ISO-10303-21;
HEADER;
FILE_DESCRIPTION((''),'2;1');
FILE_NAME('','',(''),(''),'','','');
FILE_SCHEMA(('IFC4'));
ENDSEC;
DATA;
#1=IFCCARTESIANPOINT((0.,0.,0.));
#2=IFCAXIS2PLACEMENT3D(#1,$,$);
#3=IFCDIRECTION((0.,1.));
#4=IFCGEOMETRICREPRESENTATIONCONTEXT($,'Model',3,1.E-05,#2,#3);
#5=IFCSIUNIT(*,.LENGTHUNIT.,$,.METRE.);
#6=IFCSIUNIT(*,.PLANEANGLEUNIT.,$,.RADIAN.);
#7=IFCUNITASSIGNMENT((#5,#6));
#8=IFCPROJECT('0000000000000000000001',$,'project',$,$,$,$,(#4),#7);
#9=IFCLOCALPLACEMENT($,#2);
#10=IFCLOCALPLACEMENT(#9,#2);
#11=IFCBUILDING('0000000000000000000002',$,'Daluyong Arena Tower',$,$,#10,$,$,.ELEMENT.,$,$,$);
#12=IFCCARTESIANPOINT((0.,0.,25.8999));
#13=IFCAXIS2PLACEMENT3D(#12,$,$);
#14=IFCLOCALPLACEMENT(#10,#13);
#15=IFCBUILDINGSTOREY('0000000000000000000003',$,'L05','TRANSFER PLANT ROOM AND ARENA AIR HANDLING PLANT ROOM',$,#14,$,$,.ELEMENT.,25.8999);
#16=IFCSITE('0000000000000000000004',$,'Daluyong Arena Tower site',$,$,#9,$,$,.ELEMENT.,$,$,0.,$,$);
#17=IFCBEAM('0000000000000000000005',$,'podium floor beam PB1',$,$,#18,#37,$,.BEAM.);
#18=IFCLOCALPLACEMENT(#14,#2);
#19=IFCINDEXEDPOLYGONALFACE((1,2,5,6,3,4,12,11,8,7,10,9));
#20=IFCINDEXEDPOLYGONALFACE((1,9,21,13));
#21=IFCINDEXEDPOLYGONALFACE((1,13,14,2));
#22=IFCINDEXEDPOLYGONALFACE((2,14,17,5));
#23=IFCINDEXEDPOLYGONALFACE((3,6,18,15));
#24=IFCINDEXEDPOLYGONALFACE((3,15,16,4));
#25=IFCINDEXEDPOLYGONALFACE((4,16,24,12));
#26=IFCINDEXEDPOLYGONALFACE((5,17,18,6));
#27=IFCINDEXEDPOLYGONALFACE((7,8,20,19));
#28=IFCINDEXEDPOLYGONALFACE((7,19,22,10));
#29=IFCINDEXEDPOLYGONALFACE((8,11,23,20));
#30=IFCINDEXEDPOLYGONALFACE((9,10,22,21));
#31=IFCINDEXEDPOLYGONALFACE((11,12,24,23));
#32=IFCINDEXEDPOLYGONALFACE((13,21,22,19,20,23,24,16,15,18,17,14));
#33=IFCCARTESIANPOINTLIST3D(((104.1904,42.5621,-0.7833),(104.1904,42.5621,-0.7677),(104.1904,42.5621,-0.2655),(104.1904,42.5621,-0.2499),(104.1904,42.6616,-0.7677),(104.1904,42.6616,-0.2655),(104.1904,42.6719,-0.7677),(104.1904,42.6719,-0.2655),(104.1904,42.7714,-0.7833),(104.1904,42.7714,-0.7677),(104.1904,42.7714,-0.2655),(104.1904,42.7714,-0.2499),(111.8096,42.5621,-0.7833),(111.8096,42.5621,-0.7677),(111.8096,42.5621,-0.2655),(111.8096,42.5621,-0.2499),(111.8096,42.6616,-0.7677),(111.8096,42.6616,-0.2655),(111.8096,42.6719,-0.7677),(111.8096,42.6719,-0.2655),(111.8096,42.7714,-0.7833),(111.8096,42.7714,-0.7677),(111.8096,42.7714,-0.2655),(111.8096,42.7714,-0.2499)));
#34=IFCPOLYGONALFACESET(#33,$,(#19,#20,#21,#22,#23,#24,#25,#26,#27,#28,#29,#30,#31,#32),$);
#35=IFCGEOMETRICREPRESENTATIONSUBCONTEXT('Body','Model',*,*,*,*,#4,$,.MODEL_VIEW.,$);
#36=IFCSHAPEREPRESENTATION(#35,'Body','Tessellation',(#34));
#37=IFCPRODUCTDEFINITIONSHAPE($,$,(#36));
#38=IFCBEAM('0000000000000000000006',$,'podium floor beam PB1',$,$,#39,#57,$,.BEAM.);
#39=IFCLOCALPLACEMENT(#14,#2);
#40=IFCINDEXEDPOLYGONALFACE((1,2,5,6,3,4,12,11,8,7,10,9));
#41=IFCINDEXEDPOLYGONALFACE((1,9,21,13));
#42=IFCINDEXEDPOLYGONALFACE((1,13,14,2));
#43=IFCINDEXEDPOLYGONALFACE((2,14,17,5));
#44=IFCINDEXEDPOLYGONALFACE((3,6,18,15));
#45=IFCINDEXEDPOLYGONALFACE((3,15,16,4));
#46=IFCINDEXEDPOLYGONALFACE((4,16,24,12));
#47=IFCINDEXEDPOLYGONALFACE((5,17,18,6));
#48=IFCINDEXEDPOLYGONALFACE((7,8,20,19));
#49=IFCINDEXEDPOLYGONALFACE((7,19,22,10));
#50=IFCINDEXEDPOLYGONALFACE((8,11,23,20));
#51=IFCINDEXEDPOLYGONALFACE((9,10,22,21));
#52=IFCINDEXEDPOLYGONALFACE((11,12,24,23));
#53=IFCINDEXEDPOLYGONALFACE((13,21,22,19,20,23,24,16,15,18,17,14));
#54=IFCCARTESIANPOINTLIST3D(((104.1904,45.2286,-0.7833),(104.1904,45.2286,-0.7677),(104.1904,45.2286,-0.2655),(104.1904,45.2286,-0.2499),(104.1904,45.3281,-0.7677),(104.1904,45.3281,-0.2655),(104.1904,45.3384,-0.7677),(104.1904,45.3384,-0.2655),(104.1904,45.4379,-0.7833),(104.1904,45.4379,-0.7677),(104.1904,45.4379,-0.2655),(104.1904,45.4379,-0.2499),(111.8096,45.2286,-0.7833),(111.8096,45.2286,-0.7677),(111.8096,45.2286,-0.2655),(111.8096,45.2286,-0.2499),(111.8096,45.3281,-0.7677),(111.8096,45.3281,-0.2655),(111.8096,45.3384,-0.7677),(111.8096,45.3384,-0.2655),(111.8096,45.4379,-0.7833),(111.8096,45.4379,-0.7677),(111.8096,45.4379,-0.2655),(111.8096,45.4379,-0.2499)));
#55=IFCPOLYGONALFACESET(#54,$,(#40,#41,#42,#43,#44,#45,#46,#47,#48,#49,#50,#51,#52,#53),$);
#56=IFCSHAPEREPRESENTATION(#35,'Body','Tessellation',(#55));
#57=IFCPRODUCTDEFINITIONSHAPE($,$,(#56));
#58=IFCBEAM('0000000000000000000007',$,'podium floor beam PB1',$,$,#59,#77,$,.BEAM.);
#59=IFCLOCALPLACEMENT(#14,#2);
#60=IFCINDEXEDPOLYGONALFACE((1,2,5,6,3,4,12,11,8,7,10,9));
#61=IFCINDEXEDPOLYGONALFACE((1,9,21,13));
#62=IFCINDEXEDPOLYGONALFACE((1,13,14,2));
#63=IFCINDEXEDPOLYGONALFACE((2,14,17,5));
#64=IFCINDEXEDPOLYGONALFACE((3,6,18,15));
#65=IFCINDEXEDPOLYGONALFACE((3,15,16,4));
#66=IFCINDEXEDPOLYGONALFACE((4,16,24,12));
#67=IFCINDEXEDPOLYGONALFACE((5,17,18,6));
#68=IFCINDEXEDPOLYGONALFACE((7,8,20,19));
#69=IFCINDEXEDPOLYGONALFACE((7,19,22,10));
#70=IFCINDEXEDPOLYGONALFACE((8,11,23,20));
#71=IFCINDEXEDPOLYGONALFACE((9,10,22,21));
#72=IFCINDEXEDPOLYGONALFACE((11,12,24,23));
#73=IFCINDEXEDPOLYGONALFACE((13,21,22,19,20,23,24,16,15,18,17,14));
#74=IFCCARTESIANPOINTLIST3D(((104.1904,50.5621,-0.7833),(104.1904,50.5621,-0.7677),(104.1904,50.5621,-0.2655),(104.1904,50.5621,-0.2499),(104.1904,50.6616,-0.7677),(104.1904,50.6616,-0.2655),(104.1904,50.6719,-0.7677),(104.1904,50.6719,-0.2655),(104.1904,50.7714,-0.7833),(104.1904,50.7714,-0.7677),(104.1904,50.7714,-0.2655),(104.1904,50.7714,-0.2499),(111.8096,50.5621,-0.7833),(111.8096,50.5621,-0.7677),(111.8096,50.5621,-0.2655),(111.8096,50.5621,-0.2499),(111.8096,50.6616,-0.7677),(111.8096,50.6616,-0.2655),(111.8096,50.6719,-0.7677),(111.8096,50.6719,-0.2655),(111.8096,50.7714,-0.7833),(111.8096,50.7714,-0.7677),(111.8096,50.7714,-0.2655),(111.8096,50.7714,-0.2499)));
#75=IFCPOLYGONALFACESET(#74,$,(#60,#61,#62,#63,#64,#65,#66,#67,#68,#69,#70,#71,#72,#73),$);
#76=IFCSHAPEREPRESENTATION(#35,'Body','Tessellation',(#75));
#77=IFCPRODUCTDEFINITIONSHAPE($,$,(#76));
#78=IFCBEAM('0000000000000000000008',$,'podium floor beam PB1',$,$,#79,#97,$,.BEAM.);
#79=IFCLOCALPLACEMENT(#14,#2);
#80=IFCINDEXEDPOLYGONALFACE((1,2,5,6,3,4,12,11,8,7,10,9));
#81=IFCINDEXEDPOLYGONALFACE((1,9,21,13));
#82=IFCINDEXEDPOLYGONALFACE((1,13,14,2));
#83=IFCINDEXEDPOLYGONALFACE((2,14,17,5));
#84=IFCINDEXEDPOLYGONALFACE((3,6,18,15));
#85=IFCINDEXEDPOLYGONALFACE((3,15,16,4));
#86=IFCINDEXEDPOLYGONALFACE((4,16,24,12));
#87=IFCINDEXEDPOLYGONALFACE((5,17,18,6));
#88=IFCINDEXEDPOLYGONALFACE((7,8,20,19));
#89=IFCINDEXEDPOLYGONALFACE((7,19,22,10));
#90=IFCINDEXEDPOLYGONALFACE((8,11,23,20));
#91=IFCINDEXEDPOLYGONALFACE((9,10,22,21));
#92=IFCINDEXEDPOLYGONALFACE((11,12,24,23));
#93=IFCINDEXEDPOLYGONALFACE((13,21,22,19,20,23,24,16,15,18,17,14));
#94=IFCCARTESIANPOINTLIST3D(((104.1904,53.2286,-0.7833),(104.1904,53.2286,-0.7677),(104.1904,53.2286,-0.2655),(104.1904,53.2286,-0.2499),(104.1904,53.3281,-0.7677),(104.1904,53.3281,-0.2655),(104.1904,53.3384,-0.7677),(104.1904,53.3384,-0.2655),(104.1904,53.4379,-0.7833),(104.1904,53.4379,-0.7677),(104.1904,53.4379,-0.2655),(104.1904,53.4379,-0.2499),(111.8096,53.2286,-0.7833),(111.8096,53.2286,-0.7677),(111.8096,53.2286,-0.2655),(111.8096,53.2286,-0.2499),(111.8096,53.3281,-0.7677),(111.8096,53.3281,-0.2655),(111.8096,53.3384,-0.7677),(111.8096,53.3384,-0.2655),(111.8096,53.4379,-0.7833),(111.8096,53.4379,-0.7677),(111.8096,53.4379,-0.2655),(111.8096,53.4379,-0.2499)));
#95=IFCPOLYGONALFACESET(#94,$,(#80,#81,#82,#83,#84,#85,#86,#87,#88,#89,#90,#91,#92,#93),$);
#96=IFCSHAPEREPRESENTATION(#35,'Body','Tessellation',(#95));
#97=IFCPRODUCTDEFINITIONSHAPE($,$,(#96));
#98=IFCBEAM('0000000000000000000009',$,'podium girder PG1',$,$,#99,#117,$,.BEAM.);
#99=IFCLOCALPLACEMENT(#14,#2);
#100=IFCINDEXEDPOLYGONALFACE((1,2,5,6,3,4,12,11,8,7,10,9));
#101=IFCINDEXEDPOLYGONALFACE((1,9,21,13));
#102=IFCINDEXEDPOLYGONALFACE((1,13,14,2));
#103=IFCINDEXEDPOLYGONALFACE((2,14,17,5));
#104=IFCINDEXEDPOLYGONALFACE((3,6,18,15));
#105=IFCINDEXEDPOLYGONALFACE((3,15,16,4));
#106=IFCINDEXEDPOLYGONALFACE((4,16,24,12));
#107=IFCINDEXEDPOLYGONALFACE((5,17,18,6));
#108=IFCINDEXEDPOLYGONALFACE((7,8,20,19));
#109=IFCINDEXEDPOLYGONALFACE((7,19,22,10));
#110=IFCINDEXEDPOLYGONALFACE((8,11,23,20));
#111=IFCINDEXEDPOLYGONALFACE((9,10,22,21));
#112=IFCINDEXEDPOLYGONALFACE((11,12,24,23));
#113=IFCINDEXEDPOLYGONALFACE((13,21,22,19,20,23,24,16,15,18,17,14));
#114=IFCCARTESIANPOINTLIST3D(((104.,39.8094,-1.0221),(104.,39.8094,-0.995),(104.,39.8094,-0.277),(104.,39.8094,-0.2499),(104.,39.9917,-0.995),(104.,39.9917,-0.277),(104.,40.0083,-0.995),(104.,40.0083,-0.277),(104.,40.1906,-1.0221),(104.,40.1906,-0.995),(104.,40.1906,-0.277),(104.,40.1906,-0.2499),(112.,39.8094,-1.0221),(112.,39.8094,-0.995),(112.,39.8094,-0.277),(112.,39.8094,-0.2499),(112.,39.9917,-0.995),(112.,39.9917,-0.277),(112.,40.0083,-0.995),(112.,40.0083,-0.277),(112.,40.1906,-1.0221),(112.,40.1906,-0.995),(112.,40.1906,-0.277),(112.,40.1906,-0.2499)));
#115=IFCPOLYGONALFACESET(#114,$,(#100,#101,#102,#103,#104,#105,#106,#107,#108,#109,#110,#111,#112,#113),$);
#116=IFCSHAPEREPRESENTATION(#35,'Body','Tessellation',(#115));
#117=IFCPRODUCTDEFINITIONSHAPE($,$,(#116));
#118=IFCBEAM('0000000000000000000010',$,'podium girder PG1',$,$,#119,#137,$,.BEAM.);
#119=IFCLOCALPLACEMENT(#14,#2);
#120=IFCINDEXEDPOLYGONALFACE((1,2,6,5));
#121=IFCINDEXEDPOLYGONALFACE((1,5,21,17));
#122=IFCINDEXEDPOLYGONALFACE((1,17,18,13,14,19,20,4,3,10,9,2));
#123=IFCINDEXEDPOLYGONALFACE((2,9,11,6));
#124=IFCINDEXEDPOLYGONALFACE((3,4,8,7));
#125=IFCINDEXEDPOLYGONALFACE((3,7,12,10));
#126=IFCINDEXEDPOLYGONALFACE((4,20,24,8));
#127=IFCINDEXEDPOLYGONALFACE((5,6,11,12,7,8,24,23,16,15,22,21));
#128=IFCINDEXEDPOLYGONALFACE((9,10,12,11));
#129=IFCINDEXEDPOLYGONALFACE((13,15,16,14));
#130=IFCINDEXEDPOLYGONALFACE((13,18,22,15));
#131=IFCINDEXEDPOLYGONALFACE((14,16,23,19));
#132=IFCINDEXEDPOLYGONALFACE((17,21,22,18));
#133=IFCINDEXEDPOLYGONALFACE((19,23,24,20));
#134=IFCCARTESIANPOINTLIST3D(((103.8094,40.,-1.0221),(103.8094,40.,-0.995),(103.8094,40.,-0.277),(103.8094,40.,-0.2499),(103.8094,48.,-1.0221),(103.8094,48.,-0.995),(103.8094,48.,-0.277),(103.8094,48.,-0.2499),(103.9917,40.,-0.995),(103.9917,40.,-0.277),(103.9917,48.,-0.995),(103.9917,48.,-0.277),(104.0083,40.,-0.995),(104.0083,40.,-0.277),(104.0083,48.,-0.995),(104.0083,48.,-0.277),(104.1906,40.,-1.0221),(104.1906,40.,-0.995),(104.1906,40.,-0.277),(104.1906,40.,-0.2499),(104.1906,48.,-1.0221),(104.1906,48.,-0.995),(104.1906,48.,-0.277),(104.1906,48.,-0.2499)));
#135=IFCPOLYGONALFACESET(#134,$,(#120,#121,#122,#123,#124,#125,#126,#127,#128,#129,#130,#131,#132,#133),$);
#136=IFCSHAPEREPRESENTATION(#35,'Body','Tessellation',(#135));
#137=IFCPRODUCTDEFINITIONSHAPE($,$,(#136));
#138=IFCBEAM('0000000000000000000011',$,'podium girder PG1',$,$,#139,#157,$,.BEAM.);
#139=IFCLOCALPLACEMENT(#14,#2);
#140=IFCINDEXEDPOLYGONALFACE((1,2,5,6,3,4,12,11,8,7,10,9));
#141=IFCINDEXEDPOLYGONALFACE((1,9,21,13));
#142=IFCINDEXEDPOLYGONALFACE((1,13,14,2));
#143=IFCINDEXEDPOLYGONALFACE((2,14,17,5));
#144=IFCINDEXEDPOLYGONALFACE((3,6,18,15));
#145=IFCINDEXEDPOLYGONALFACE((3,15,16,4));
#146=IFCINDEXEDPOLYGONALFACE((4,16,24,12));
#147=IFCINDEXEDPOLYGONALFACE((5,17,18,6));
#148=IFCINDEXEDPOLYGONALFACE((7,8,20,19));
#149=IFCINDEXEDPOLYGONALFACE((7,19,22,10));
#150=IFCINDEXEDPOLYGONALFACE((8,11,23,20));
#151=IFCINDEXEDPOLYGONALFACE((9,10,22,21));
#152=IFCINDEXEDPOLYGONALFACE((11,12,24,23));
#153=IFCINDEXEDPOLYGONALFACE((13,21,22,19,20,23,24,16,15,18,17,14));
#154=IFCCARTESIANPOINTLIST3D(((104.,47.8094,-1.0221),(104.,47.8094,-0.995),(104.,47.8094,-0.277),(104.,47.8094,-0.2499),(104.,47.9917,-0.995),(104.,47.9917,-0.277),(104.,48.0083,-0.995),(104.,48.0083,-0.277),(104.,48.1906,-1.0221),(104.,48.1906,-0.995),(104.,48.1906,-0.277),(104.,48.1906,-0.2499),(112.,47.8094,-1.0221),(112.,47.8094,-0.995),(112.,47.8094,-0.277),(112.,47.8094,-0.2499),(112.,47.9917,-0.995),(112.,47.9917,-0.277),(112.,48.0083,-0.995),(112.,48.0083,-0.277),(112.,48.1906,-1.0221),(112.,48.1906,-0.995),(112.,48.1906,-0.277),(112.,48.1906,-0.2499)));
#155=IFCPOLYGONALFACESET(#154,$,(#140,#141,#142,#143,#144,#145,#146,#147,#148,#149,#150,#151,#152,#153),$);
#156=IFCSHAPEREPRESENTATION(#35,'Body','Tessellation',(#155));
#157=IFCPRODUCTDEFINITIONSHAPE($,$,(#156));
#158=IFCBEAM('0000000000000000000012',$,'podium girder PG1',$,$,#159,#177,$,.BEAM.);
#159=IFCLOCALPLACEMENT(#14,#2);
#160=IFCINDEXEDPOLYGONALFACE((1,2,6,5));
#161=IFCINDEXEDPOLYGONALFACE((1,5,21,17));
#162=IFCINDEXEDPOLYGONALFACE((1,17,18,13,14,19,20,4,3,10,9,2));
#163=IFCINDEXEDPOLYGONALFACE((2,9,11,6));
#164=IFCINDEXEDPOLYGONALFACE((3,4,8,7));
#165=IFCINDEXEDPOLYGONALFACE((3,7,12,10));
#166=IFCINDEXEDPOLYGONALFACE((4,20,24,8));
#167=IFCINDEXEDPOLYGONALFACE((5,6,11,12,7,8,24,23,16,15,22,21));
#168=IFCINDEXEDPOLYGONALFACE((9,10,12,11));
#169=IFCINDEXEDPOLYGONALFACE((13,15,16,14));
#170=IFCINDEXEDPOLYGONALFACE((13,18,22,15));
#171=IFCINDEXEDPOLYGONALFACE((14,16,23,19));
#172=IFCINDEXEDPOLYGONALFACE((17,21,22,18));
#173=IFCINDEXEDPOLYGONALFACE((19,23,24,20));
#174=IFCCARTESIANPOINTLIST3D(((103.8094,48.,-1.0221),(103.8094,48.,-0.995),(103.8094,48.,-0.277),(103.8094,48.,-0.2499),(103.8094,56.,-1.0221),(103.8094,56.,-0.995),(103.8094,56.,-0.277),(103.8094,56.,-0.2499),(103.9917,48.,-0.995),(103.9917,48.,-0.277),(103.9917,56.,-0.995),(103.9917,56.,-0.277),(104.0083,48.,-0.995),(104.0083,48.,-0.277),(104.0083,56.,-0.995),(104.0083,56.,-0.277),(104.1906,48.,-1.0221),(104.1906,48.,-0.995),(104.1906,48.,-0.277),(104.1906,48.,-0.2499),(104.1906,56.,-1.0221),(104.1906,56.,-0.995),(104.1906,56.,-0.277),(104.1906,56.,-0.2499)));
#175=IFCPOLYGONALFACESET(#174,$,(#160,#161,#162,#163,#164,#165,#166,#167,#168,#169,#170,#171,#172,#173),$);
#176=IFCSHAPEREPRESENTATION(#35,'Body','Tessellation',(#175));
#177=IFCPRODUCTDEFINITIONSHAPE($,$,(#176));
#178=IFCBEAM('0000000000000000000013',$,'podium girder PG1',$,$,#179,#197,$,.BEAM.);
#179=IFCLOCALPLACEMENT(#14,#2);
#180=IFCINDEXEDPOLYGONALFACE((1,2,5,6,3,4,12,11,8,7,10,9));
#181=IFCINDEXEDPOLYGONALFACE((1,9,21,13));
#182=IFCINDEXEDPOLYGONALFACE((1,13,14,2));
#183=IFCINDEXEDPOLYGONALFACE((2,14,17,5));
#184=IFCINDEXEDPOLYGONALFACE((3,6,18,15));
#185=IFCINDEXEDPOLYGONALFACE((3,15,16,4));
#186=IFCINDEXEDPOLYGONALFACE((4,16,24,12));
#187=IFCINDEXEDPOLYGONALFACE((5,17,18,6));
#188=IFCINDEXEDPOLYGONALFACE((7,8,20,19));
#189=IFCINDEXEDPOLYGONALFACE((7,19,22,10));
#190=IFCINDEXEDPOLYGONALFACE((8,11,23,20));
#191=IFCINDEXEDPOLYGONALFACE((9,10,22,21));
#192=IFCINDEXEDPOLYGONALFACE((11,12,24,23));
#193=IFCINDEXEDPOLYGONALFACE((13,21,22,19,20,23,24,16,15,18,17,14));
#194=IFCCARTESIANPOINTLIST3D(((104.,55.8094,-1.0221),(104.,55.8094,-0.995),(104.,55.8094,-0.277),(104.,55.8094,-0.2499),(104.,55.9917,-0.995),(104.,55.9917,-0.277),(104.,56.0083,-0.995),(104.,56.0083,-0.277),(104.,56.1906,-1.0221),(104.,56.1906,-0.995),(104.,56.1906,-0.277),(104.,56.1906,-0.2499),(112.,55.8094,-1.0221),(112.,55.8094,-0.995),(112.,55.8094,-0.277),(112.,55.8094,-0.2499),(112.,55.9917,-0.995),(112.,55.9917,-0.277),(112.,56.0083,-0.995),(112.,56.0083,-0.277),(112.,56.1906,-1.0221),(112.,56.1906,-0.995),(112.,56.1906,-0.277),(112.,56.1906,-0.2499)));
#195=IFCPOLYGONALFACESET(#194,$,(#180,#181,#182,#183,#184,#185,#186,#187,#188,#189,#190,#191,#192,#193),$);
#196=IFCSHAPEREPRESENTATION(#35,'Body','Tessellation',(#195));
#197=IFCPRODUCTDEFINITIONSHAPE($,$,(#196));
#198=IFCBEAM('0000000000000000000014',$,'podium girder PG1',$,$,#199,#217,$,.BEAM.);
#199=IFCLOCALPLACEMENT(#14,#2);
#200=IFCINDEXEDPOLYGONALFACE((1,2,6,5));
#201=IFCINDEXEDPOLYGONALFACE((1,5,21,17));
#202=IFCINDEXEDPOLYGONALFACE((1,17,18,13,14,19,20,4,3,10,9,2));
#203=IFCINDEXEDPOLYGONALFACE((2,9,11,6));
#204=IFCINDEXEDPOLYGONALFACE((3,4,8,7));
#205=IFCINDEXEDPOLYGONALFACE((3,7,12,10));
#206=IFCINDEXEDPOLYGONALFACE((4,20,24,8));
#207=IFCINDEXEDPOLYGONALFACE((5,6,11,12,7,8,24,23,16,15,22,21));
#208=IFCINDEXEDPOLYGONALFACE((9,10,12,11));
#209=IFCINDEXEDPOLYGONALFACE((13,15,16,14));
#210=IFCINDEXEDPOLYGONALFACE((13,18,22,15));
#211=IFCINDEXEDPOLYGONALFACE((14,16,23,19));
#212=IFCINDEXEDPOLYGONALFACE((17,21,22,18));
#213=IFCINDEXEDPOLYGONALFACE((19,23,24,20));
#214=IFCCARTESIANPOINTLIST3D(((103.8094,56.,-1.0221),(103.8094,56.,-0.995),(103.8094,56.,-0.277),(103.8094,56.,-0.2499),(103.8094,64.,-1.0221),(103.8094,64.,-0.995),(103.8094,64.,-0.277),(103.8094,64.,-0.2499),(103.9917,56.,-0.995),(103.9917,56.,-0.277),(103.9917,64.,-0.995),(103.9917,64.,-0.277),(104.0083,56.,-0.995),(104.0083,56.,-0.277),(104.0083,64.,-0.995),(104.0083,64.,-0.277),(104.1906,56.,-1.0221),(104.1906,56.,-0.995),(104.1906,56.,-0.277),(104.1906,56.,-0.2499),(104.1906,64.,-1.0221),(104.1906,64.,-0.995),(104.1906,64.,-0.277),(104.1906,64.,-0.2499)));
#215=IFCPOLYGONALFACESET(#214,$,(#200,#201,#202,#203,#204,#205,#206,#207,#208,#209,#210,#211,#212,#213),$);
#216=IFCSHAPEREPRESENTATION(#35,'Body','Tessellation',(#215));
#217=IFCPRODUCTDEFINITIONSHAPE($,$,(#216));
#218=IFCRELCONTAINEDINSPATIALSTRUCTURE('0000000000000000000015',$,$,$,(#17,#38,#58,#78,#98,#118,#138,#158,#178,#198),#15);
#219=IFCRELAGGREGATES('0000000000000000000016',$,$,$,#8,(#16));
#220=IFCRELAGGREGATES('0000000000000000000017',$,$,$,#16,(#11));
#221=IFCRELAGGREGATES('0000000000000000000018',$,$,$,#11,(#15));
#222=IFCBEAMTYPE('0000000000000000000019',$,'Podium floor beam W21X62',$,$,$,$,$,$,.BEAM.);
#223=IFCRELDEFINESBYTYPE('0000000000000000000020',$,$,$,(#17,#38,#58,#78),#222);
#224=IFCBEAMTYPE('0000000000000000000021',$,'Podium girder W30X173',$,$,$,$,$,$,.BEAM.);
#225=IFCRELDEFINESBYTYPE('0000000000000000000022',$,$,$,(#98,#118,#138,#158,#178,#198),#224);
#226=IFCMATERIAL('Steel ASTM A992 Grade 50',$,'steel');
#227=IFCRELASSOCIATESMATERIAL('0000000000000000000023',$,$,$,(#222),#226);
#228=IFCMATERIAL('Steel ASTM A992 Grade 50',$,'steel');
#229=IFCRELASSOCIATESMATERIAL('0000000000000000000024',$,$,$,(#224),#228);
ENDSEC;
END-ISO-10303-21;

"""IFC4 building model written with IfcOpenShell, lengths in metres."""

from ifc_helpers import new_model, si_unit, direction, frame, origin, origin_2d, place, context, subcontext, project, spatial, i_section, extrude, material, material_profile, profile_set, type_object, element, save


model = new_model("IFC4")

# Units and contexts
model_context = context("Model", 3, precision=1e-05, world=origin(), true_north=direction((0.0, 1.0)))
body_context = subcontext(model_context, "Body", "Model", "MODEL_VIEW")
ifc_project = project(units=[si_unit("LENGTHUNIT", "METRE"), si_unit("PLANEANGLEUNIT", "RADIAN")], contexts=[model_context])

# Site, building, storey
site_placement = place(None, origin())
site = spatial("IfcSite", under=ifc_project, at=site_placement, Name="Daluyong Arena Tower site", CompositionType="ELEMENT", RefElevation=0.0)
building_placement = place(site_placement, origin())
building = spatial("IfcBuilding", under=site, at=building_placement, Name="Daluyong Arena Tower", CompositionType="ELEMENT")
storey_placement = place(building_placement, frame((0.0, 0.0, 25.8999)))
storey = spatial("IfcBuildingStorey", under=building, at=storey_placement, Name="L05", Description="TRANSFER PLANT ROOM AND ARENA AIR HANDLING PLANT ROOM", CompositionType="ELEMENT", Elevation=25.8999)

# Beams
ifc_material_1 = material(Name="Steel ASTM A992 Grade 50", Category="steel")
ifc_material_profile_1 = material_profile(ifc_material_1, i_section(OverallWidth=0.2092, OverallDepth=0.5334, WebThickness=0.0103, FlangeThickness=0.0156, at=origin_2d()))
ifc_profile_set_1 = profile_set([ifc_material_profile_1], Name="Steel ASTM A992 Grade 50")
beam_type_1 = type_object("IfcBeamType", Name="Podium floor beam W21X62", PredefinedType="BEAM", material=ifc_profile_set_1)
for number, where, z_axis, x_axis, name in (
    (1, (104.1904, 42.6667, -0.5166), (1.0, 0.0, 0.0), (0.0, 1.0, 0.0), "podium floor beam PB1"),
    (2, (104.1904, 45.3333, -0.5166), (1.0, 0.0, 0.0), (0.0, 1.0, 0.0), "podium floor beam PB1"),
    (3, (104.1904, 50.6667, -0.5166), (1.0, 0.0, 0.0), (0.0, 1.0, 0.0), "podium floor beam PB1"),
    (4, (104.1904, 53.3333, -0.5166), (1.0, 0.0, 0.0), (0.0, 1.0, 0.0), "podium floor beam PB1"),
):
    element("IfcBeam", number, at=place(storey_placement, frame(where, z_axis=z_axis, x_axis=x_axis)), inside=storey, type_object=beam_type_1, Name=name, PredefinedType="BEAM", context=body_context, shape_type="SweptSolid", body=[
        extrude(i_section(OverallWidth=0.2092, OverallDepth=0.5334, WebThickness=0.0103, FlangeThickness=0.0156, at=origin_2d()), origin(), (0.0, 0.0, 1.0), 7.6191),
    ])
ifc_material_2 = material(Name="Steel ASTM A992 Grade 50", Category="steel")
ifc_material_profile_2 = material_profile(ifc_material_2, i_section(OverallWidth=0.3811, OverallDepth=0.7722, WebThickness=0.0166, FlangeThickness=0.0271, at=origin_2d()))
ifc_profile_set_2 = profile_set([ifc_material_profile_2], Name="Steel ASTM A992 Grade 50")
beam_type_2 = type_object("IfcBeamType", Name="Podium girder W30X173", PredefinedType="BEAM", material=ifc_profile_set_2)
for number, where, z_axis, x_axis, name in (
    (5, (104.0, 40.0, -0.636), (1.0, 0.0, 0.0), (0.0, 1.0, 0.0), "podium girder PG1"),
    (6, (104.0, 40.0, -0.636), (0.0, 1.0, 0.0), (-1.0, 0.0, 0.0), "podium girder PG1"),
    (7, (104.0, 48.0, -0.636), (1.0, 0.0, 0.0), (0.0, 1.0, 0.0), "podium girder PG1"),
    (8, (104.0, 48.0, -0.636), (0.0, 1.0, 0.0), (-1.0, 0.0, 0.0), "podium girder PG1"),
    (9, (104.0, 56.0, -0.636), (1.0, 0.0, 0.0), (0.0, 1.0, 0.0), "podium girder PG1"),
    (10, (104.0, 56.0, -0.636), (0.0, 1.0, 0.0), (-1.0, 0.0, 0.0), "podium girder PG1"),
):
    element("IfcBeam", number, at=place(storey_placement, frame(where, z_axis=z_axis, x_axis=x_axis)), inside=storey, type_object=beam_type_2, Name=name, PredefinedType="BEAM", context=body_context, shape_type="SweptSolid", body=[
        extrude(i_section(OverallWidth=0.3811, OverallDepth=0.7722, WebThickness=0.0166, FlangeThickness=0.0271, at=origin_2d()), origin(), (0.0, 0.0, 1.0), 8.0),
    ])

save(model, "model.ifc")
